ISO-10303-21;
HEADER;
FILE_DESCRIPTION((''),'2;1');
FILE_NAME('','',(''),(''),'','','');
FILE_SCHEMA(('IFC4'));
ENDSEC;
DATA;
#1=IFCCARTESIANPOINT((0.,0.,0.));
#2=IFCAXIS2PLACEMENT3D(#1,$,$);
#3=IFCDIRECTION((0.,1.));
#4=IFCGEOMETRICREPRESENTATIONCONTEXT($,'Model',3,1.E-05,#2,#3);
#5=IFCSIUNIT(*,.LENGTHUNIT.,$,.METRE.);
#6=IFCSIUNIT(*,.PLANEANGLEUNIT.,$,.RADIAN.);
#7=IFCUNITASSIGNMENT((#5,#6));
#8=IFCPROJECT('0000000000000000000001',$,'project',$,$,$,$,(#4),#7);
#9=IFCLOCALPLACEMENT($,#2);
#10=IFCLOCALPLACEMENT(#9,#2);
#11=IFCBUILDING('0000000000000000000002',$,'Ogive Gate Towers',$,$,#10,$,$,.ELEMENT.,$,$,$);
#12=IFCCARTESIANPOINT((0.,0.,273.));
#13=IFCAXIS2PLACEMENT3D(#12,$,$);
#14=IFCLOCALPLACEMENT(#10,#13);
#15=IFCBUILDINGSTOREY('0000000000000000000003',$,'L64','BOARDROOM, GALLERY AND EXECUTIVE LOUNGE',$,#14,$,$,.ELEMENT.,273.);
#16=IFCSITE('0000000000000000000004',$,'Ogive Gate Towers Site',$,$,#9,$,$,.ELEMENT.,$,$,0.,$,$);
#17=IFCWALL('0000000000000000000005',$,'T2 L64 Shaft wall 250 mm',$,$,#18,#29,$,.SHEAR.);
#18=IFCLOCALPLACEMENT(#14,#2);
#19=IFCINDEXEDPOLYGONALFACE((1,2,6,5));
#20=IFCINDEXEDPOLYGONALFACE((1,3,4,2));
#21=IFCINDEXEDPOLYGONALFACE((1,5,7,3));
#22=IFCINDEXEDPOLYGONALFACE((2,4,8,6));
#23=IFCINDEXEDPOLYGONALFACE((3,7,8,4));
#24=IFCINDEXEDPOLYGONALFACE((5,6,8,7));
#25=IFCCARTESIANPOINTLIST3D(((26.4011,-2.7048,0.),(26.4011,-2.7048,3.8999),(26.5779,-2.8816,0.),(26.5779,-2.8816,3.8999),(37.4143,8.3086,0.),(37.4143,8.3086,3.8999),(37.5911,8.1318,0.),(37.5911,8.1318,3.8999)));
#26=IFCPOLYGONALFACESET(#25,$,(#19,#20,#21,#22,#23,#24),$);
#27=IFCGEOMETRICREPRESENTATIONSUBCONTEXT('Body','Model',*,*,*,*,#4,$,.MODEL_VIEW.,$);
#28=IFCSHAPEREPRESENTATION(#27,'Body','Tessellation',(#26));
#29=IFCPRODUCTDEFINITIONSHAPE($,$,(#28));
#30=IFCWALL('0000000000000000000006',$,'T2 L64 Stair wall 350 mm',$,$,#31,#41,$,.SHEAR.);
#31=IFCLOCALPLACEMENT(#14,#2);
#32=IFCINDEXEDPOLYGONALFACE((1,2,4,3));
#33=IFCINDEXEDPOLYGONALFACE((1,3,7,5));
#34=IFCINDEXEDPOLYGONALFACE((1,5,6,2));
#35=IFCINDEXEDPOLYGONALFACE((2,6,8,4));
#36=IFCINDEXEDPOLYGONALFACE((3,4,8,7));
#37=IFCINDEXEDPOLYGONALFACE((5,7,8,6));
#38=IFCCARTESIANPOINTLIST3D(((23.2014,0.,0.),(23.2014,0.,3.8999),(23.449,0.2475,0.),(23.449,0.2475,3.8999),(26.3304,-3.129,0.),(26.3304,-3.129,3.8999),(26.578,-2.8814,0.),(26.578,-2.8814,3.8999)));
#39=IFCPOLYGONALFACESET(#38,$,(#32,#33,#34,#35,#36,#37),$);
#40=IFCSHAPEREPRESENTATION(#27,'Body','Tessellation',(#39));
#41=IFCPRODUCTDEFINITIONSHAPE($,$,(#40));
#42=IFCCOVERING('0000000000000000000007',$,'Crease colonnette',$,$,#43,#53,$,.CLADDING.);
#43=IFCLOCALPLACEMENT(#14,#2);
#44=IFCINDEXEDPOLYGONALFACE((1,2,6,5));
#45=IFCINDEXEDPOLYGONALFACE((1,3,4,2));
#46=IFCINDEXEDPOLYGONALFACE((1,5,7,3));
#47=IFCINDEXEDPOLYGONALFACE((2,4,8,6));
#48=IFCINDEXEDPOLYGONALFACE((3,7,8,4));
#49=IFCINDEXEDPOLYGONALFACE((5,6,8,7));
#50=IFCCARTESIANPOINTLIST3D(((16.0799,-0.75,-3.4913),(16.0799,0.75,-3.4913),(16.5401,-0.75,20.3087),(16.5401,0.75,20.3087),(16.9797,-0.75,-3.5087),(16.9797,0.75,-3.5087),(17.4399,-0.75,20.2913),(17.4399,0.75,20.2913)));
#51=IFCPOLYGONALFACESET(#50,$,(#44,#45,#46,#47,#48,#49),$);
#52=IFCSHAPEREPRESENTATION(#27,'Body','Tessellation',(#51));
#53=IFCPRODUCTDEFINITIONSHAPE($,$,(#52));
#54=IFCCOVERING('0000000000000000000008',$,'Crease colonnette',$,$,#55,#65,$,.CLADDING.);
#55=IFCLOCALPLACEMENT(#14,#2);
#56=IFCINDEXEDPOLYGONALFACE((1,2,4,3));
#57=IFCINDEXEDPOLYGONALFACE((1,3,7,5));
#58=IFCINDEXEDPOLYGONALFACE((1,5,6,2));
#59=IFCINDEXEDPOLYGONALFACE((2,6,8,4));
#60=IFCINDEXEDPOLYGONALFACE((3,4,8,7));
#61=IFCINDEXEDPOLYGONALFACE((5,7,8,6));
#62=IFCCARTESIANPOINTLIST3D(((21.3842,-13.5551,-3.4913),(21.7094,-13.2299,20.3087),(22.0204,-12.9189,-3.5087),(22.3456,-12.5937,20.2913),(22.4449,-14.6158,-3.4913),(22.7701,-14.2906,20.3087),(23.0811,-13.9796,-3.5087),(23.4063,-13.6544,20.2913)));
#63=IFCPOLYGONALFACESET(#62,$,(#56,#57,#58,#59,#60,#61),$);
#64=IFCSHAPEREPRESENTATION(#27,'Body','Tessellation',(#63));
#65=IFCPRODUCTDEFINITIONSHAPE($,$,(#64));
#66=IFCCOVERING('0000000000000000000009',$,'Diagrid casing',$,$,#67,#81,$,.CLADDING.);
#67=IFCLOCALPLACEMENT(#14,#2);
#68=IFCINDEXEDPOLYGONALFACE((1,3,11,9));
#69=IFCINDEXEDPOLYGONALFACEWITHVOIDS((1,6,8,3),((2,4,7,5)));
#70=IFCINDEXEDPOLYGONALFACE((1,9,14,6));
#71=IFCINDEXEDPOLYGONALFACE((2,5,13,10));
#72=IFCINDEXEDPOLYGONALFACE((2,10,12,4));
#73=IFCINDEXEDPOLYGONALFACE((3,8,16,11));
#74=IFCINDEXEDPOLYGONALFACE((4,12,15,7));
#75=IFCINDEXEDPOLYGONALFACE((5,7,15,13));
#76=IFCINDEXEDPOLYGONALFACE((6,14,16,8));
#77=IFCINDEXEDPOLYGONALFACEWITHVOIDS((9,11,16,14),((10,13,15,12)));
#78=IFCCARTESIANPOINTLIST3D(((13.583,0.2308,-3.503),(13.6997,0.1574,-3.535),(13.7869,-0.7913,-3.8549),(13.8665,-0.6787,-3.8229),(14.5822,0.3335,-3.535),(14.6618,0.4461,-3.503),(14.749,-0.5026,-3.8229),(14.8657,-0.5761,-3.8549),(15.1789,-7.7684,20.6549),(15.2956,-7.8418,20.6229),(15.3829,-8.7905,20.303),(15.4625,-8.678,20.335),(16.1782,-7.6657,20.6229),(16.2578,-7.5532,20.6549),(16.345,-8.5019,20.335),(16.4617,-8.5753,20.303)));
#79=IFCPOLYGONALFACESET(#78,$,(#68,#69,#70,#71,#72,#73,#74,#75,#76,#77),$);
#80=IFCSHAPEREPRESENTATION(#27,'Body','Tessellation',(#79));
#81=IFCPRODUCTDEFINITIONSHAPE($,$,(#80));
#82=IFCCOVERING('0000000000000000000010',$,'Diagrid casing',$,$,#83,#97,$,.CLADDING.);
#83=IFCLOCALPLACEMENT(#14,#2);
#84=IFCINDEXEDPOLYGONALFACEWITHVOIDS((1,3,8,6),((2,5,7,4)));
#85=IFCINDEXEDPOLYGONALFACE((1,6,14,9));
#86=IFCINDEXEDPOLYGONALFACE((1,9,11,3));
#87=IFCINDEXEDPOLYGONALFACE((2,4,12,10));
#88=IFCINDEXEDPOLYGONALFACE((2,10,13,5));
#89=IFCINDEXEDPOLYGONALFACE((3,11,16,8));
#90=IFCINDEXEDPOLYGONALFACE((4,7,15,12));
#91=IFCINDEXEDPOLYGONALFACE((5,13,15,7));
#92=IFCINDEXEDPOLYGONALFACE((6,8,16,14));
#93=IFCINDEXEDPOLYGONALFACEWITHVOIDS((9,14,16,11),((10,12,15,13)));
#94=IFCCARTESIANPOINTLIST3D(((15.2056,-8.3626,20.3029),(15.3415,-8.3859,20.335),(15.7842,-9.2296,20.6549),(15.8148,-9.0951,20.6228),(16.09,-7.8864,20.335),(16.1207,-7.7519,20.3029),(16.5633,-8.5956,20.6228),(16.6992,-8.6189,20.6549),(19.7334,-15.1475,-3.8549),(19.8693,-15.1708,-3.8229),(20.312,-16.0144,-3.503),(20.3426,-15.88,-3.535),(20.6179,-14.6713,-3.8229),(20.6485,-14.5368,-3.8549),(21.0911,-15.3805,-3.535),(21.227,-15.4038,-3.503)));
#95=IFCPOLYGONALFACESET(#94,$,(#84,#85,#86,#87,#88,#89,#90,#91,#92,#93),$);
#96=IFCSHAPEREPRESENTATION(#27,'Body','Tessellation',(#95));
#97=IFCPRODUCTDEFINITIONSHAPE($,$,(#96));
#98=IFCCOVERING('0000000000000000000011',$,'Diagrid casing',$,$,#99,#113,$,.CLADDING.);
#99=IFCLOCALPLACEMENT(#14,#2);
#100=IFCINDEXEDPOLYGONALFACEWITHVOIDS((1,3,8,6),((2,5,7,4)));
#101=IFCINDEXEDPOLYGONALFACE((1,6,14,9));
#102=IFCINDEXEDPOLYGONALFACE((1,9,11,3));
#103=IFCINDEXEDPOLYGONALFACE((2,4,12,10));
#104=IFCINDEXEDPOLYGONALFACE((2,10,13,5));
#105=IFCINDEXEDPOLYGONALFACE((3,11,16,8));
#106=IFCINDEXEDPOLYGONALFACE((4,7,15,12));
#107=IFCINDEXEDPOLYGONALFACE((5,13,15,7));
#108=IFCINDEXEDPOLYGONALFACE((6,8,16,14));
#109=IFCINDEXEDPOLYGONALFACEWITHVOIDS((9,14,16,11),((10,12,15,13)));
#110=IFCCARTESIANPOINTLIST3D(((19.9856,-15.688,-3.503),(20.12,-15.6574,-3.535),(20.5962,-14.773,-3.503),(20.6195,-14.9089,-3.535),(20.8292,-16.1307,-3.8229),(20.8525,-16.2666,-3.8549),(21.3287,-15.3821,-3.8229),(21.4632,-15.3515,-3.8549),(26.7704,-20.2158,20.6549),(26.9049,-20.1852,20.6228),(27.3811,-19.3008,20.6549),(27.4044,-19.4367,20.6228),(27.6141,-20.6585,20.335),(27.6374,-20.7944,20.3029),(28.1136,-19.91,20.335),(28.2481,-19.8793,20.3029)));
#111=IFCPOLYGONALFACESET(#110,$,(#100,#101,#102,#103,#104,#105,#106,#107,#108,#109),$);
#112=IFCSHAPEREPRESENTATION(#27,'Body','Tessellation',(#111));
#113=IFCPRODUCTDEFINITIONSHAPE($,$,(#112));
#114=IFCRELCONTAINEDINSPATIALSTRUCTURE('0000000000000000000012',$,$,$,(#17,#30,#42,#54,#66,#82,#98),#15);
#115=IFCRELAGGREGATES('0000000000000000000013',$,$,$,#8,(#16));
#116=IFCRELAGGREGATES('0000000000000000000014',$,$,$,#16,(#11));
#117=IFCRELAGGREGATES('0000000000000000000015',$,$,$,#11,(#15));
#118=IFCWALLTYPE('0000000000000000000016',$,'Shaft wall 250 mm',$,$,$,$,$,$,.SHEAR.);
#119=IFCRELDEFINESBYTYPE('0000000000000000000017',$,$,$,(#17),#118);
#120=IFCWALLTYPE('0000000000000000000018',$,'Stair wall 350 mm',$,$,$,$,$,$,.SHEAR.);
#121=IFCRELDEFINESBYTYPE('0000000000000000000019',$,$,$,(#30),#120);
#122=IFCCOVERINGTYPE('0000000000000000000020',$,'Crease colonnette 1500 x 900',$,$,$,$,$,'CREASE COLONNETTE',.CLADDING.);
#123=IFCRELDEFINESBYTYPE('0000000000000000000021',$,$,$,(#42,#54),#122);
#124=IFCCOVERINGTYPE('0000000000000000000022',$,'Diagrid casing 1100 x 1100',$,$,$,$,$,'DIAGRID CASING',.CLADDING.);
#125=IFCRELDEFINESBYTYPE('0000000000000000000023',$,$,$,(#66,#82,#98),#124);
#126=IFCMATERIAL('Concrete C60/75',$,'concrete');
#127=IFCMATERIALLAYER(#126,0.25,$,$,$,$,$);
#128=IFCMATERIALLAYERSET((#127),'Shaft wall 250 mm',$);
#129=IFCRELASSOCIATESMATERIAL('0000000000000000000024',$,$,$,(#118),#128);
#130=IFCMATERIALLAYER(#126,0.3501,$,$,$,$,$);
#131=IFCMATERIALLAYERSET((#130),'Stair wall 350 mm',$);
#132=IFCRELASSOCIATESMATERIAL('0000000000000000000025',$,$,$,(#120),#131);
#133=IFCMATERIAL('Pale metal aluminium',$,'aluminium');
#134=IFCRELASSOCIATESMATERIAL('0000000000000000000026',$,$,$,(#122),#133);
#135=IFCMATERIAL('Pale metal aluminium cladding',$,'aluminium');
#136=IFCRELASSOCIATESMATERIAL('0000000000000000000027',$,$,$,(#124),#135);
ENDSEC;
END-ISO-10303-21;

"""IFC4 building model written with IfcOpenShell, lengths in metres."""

from ifc_helpers import new_model, si_unit, direction, frame, frame_2d, origin, origin_2d, place, context, subcontext, project, spatial, rectangle, hollow_rectangle, extrude, material, layer, layer_set, material_profile, profile_set, type_object, element, save


model = new_model("IFC4")

# Units and contexts
model_context = context("Model", 3, precision=1e-05, world=origin(), true_north=direction((0.0, 1.0)))
body_context = subcontext(model_context, "Body", "Model", "MODEL_VIEW")
ifc_project = project(units=[si_unit("LENGTHUNIT", "METRE"), si_unit("PLANEANGLEUNIT", "RADIAN")], contexts=[model_context])

# Site, building, storey
site_placement = place(None, origin())
site = spatial("IfcSite", under=ifc_project, at=site_placement, Name="Ogive Gate Towers Site", CompositionType="ELEMENT", RefElevation=0.0)
building_placement = place(site_placement, origin())
building = spatial("IfcBuilding", under=site, at=building_placement, Name="Ogive Gate Towers", CompositionType="ELEMENT")
storey_placement = place(building_placement, frame((0.0, 0.0, 273.0)))
storey = spatial("IfcBuildingStorey", under=building, at=storey_placement, Name="L64", Description="BOARDROOM, GALLERY AND EXECUTIVE LOUNGE", CompositionType="ELEMENT", Elevation=273.0)

# Walls
ifc_material_1 = material(Name="Concrete C60/75", Category="concrete")
ifc_layer_1 = layer(ifc_material_1, 0.25)
ifc_layer_set_1 = layer_set([ifc_layer_1], Name="Shaft wall 250 mm")
wall_type_1 = type_object("IfcWallType", Name="Shaft wall 250 mm", PredefinedType="SHEAR", material=ifc_layer_set_1)
wall_1_placement = place(storey_placement, frame((26.4895, -2.7932, 0.0), z_axis=(0.0, 0.0, 1.0), x_axis=(0.707099, 0.707115, 0.0)))
element("IfcWall", 1, at=wall_1_placement, inside=storey, type_object=wall_type_1, Name="T2 L64 Shaft wall 250 mm", PredefinedType="SHEAR", context=body_context, shape_type="SweptSolid", body=[
    extrude(rectangle(XDim=15.5752, YDim=0.25, at=frame_2d((7.7876, 0.0))), origin(), (0.0, 0.0, 1.0), 3.8999),
])
ifc_layer_2 = layer(ifc_material_1, 0.3501)
ifc_layer_set_2 = layer_set([ifc_layer_2], Name="Stair wall 350 mm")
wall_type_2 = type_object("IfcWallType", Name="Stair wall 350 mm", PredefinedType="SHEAR", material=ifc_layer_set_2)
wall_2_placement = place(storey_placement, frame((26.4541, -3.0051, 0.0), z_axis=(0.0, 0.0, 1.0), x_axis=(-0.707107, 0.707107, 0.0)))
element("IfcWall", 2, at=wall_2_placement, inside=storey, type_object=wall_type_2, Name="T2 L64 Stair wall 350 mm", PredefinedType="SHEAR", context=body_context, shape_type="SweptSolid", body=[
    extrude(rectangle(XDim=4.425, YDim=0.3501, at=frame_2d((2.2124, 0.0))), origin(), (0.0, 0.0, 1.0), 3.8999),
])

# Coverings
ifc_material_2 = material(Name="Pale metal aluminium", Category="aluminium")
ifc_material_profile_1 = material_profile(ifc_material_2, rectangle(XDim=1.5, YDim=0.8999, at=origin_2d()), Name="1500 x 900 pale metal aluminium")
ifc_profile_set_1 = profile_set([ifc_material_profile_1], Name="Pale metal aluminium")
covering_type_1 = type_object("IfcCoveringType", Name="Crease colonnette 1500 x 900", ElementType="CREASE COLONNETTE", PredefinedType="CLADDING", material=ifc_profile_set_1)
for number, where, z_axis, x_axis, name in (
    (3, (16.5298, 0.0, -3.5), (0.019333, 0.0, 0.999813), (0.0, 1.0, 0.0), "Crease colonnette"),
    (4, (22.2327, -13.7673, -3.5), (0.013661, 0.013661, 0.999813), (-0.707107, 0.707107, 0.0), "Crease colonnette"),
):
    element("IfcCovering", number, at=place(storey_placement, frame(where, z_axis=z_axis, x_axis=x_axis)), inside=storey, type_object=covering_type_1, Name=name, PredefinedType="CLADDING", context=body_context, shape_type="SweptSolid", body=[
        extrude(rectangle(XDim=1.5, YDim=0.8999, at=origin_2d()), origin(), (0.0, 0.0, 1.0), 23.8044),
    ])
ifc_material_3 = material(Name="Pale metal aluminium cladding", Category="aluminium")
ifc_material_profile_2 = material_profile(ifc_material_3, hollow_rectangle(XDim=1.1001, YDim=1.1001, WallThickness=0.1001, at=origin_2d()), Name="1100 x 1100 pale metal casing")
ifc_profile_set_2 = profile_set([ifc_material_profile_2], Name="Pale metal aluminium cladding")
covering_type_2 = type_object("IfcCoveringType", Name="Diagrid casing 1100 x 1100", ElementType="DIAGRID CASING", PredefinedType="CLADDING", material=ifc_profile_set_2)
for number, where, z_axis, x_axis, name in (
    (5, (14.2244, -0.1726, -3.679), (0.062591, -0.313723, 0.947449), (0.980673, 0.195656, 0.0), "Diagrid casing"),
    (6, (20.4802, -15.2756, -3.679), (-0.177577, 0.266097, 0.947449), (-0.831792, -0.555087, 0.0), "Diagrid casing"),
    (7, (20.7244, -15.5198, -3.679), (0.266097, -0.177577, 0.947449), (0.555087, 0.831792, 0.0), "Diagrid casing"),
):
    element("IfcCovering", number, at=place(storey_placement, frame(where, z_axis=z_axis, x_axis=x_axis)), inside=storey, type_object=covering_type_2, Name=name, PredefinedType="CLADDING", context=body_context, shape_type="SweptSolid", body=[
        extrude(hollow_rectangle(XDim=1.1001, YDim=1.1001, WallThickness=0.1001, at=origin_2d()), origin(), (0.0, 0.0, 1.0), 25.4978),
    ])

save(model, "model.ifc")
